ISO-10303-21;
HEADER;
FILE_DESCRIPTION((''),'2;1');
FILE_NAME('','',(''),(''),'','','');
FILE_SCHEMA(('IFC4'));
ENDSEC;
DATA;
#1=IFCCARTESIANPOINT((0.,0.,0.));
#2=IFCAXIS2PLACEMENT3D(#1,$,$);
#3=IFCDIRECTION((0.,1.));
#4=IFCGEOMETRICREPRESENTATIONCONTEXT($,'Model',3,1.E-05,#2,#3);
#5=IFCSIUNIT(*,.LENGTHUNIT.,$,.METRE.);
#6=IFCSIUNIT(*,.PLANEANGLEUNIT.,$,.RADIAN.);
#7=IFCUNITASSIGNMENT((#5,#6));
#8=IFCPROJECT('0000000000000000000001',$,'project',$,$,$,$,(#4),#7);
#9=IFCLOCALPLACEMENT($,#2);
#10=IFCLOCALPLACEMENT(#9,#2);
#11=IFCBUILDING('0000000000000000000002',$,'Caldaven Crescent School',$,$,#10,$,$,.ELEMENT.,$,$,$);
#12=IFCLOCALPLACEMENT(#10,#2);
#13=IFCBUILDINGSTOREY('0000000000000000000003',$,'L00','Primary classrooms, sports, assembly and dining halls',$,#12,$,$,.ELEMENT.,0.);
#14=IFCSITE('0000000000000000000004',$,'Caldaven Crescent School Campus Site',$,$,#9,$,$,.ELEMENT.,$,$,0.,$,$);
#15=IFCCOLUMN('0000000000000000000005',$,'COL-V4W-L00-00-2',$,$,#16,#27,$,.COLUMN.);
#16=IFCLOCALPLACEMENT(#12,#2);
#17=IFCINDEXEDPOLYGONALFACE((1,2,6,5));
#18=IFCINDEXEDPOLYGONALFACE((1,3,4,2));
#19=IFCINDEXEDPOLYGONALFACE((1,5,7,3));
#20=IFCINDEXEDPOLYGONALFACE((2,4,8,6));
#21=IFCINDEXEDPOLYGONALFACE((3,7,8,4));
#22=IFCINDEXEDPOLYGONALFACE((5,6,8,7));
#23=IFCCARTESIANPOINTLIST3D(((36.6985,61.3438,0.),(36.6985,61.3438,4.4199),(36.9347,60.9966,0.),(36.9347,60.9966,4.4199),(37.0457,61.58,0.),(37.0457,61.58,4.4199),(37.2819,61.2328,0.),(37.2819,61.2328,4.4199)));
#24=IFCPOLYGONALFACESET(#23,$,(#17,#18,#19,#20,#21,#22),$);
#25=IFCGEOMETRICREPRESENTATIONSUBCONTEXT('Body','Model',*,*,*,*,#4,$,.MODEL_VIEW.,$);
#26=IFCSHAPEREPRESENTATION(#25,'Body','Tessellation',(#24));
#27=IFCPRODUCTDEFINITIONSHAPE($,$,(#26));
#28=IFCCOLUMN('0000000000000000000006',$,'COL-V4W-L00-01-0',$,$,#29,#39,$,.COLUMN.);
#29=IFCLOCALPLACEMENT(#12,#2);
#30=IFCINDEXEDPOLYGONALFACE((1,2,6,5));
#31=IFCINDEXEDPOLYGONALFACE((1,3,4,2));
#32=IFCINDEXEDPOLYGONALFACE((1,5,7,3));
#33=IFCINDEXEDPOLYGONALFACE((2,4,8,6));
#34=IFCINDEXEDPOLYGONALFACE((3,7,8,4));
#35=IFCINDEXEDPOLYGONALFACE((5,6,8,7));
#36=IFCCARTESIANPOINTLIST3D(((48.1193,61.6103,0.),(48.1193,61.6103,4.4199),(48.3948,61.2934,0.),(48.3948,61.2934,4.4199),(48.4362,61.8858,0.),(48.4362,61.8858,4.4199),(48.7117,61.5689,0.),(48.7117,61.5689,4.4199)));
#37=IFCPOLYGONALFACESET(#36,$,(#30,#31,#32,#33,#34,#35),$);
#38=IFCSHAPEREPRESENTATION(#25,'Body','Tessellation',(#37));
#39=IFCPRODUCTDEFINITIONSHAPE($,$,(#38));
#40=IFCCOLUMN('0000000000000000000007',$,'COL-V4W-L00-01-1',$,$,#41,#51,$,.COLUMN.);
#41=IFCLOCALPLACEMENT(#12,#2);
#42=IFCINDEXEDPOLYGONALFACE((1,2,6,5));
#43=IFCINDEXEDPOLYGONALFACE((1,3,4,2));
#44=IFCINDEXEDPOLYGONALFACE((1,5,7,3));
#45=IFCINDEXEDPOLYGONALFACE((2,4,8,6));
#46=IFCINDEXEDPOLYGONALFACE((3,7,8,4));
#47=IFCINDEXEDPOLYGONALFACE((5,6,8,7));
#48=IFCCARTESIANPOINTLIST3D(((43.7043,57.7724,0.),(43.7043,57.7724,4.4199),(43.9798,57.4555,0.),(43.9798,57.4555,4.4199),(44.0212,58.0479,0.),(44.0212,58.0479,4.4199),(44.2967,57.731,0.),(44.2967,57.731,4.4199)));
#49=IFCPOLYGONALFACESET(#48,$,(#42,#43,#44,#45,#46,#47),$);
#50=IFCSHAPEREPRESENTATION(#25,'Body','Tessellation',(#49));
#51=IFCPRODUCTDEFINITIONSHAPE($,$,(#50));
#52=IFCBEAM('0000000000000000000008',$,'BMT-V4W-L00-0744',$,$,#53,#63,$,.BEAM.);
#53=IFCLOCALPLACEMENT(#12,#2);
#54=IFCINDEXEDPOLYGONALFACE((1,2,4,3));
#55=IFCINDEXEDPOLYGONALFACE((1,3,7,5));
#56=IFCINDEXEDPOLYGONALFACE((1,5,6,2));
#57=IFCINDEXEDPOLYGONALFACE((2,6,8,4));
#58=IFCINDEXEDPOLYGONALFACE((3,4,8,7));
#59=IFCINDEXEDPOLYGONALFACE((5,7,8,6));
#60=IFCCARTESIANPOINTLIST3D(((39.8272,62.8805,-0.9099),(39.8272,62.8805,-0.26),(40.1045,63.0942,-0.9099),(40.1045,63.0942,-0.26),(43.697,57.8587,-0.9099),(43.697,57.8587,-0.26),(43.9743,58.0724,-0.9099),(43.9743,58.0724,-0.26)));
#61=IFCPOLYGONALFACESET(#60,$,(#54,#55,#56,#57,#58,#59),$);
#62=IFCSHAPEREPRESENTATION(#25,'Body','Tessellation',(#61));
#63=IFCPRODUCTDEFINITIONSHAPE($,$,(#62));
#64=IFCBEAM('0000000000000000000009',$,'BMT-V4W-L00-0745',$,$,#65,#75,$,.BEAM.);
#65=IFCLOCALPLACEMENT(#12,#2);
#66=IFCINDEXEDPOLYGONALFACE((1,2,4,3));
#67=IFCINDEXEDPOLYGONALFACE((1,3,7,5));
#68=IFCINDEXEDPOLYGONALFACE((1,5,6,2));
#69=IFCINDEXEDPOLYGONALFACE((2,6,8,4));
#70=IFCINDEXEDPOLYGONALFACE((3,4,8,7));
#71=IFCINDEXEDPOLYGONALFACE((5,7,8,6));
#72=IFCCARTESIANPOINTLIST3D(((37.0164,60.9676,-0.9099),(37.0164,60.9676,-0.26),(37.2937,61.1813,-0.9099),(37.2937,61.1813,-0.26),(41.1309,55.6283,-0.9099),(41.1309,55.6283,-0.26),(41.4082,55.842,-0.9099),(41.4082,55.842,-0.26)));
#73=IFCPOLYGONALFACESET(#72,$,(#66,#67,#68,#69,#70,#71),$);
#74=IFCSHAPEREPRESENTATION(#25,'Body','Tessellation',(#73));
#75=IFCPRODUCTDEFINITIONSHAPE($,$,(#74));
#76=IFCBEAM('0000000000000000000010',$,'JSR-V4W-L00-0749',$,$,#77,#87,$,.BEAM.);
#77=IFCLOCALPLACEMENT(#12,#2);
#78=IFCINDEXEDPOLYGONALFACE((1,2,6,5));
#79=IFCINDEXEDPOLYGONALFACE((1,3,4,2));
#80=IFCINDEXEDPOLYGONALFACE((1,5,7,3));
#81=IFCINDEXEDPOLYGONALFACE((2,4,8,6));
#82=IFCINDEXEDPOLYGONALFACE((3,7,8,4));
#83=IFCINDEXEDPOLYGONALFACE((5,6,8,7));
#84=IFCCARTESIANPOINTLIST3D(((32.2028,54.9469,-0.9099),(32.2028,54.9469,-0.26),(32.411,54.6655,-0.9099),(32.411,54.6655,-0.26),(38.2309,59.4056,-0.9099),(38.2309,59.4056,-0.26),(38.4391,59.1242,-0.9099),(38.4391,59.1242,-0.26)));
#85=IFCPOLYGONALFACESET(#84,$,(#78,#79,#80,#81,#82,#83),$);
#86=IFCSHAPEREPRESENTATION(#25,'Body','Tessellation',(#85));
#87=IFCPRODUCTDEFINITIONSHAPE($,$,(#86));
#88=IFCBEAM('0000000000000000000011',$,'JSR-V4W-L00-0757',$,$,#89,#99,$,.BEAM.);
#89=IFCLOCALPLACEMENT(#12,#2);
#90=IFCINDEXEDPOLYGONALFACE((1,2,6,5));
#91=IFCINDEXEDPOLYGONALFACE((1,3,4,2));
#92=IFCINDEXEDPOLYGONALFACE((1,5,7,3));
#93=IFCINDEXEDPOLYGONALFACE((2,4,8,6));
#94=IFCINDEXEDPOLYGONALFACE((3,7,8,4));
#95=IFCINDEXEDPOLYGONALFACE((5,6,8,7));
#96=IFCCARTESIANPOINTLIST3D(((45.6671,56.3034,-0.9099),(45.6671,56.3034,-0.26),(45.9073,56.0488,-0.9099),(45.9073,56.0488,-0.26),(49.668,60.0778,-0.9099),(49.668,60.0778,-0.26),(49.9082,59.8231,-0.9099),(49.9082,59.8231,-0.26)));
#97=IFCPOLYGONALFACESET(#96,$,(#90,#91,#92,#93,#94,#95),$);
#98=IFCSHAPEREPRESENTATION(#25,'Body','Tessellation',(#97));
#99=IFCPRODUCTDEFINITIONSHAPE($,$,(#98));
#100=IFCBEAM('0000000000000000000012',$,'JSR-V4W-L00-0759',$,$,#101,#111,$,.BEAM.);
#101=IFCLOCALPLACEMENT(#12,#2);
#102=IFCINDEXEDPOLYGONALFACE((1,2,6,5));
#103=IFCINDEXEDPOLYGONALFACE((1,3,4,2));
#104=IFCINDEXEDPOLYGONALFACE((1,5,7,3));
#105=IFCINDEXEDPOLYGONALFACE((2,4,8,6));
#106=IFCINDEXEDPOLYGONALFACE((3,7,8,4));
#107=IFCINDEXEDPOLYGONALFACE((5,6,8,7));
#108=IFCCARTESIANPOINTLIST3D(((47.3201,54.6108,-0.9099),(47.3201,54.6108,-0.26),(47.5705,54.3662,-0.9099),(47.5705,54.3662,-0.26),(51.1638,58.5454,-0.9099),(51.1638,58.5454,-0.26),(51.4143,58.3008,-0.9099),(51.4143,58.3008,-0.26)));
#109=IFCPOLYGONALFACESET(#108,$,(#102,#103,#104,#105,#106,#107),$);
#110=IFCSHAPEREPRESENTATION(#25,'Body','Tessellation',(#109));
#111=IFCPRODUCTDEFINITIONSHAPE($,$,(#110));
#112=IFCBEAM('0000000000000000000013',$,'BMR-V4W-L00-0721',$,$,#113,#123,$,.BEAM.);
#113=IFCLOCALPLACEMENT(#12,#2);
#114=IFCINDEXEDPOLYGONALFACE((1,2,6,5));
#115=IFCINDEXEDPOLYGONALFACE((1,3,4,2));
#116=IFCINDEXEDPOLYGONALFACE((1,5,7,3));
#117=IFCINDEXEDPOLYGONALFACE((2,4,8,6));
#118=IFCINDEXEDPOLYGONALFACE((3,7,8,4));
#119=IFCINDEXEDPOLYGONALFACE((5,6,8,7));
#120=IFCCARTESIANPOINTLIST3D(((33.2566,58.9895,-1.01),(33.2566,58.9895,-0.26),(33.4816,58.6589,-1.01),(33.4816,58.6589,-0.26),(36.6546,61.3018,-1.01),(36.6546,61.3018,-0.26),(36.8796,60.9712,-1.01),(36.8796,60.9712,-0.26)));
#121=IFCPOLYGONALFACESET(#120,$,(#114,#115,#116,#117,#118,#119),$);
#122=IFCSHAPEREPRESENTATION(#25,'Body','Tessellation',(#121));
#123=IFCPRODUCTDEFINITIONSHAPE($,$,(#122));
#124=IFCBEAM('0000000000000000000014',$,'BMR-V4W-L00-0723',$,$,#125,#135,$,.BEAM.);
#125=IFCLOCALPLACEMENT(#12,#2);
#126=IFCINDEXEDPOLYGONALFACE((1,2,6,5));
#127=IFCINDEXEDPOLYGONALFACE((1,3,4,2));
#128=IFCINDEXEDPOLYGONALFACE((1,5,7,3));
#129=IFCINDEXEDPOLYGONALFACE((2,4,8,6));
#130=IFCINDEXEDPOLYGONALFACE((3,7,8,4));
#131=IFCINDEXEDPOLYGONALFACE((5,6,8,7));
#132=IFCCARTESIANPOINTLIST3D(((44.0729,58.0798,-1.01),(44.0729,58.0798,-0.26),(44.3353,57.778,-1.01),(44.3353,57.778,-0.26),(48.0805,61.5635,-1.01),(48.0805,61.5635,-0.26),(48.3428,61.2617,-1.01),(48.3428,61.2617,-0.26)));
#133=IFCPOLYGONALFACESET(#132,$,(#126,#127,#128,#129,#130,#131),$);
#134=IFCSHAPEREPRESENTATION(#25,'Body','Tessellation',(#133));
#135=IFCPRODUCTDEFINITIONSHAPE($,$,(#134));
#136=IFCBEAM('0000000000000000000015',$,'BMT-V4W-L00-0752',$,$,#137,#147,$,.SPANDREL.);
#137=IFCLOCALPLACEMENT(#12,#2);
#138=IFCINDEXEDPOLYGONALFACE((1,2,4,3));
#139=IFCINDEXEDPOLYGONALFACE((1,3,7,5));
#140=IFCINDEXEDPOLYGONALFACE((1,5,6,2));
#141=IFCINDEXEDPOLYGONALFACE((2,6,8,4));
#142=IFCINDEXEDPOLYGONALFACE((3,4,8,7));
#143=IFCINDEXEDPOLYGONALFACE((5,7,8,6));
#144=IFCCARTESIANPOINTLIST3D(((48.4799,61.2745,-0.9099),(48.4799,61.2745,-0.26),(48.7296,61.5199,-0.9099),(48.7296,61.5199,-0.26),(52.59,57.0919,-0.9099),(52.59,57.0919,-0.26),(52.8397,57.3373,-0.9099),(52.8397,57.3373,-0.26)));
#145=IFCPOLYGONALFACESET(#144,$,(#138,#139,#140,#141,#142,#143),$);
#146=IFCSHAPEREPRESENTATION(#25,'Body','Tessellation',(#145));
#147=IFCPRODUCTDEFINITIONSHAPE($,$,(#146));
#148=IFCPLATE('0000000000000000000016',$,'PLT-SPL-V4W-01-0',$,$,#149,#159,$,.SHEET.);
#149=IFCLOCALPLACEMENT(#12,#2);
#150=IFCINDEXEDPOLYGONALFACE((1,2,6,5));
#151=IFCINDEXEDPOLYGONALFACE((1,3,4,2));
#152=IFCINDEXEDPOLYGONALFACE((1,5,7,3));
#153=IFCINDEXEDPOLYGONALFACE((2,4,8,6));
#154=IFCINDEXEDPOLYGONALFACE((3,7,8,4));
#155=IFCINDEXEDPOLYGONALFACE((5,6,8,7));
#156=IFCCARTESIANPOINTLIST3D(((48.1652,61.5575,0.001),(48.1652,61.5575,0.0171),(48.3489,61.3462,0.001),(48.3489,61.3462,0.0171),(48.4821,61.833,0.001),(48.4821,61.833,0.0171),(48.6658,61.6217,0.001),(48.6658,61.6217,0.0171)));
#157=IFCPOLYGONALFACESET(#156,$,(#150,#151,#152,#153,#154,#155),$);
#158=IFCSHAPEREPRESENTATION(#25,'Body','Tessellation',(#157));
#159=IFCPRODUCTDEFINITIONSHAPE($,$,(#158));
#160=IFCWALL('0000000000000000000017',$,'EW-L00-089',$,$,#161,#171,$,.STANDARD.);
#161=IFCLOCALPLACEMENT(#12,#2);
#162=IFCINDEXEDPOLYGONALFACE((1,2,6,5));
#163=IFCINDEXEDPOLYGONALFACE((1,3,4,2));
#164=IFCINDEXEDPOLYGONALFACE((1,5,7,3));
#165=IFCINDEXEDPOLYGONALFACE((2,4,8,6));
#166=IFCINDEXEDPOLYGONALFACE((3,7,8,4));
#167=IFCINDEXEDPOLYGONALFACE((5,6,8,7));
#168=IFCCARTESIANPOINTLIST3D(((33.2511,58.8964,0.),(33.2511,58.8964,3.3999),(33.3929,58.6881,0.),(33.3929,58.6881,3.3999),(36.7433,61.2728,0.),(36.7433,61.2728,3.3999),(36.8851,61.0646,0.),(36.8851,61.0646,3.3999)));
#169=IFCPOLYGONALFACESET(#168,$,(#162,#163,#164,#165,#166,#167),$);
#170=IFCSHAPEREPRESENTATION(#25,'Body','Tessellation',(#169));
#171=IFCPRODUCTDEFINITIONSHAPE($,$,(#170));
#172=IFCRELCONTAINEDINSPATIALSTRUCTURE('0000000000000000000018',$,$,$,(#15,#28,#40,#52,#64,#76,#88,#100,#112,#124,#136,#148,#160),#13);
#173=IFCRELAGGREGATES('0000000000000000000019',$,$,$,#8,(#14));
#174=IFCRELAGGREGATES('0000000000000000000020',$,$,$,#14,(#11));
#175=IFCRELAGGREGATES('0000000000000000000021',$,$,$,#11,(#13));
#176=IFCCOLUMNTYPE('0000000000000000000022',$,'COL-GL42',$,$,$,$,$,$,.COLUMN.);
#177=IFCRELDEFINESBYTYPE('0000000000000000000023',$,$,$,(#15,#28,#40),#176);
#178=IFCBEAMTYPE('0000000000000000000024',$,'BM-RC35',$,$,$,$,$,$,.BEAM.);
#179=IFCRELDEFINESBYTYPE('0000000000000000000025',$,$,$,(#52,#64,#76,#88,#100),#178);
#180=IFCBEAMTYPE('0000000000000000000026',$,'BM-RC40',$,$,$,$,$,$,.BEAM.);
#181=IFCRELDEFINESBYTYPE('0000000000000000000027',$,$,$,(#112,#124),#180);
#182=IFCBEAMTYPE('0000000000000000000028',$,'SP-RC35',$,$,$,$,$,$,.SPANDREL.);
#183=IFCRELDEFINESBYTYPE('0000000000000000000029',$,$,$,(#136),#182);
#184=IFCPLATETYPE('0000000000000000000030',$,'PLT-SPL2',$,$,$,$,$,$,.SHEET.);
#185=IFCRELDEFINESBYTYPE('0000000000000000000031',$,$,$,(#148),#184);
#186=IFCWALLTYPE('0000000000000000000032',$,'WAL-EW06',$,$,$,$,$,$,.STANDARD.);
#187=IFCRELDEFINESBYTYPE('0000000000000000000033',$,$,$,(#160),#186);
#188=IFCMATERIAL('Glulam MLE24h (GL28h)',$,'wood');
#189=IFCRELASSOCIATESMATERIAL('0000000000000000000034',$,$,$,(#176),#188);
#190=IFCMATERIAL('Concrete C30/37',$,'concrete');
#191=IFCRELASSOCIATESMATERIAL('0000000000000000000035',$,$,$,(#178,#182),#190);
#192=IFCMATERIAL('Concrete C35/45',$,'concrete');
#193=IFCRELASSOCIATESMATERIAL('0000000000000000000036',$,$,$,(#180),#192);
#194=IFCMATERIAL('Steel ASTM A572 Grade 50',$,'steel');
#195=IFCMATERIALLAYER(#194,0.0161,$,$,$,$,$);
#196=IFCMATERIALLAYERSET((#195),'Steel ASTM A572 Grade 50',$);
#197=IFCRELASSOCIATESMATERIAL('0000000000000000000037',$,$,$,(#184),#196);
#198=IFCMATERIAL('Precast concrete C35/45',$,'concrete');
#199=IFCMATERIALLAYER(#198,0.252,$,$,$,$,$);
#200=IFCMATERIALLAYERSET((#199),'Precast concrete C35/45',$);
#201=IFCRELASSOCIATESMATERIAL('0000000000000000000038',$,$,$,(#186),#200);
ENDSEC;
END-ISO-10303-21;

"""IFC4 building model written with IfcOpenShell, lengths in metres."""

from ifc_helpers import new_model, si_unit, direction, frame, frame_2d, origin, origin_2d, place, context, subcontext, project, spatial, rectangle, extrude, material, layer, layer_set, material_profile, profile_set, type_object, element, save


model = new_model("IFC4")

# Units and contexts
model_context = context("Model", 3, precision=1e-05, world=origin(), true_north=direction((0.0, 1.0)))
body_context = subcontext(model_context, "Body", "Model", "MODEL_VIEW")
ifc_project = project(units=[si_unit("LENGTHUNIT", "METRE"), si_unit("PLANEANGLEUNIT", "RADIAN")], contexts=[model_context])

# Site, building, storey
site_placement = place(None, origin())
site = spatial("IfcSite", under=ifc_project, at=site_placement, Name="Caldaven Crescent School Campus Site", CompositionType="ELEMENT", RefElevation=0.0)
building_placement = place(site_placement, origin())
building = spatial("IfcBuilding", under=site, at=building_placement, Name="Caldaven Crescent School", CompositionType="ELEMENT")
storey_placement = place(building_placement, origin())
storey = spatial("IfcBuildingStorey", under=building, at=storey_placement, Name="L00", Description="Primary classrooms, sports, assembly and dining halls", CompositionType="ELEMENT", Elevation=0.0)

# Columns
ifc_material_1 = material(Name="Glulam MLE24h (GL28h)", Category="wood")
ifc_material_profile_1 = material_profile(ifc_material_1, rectangle(XDim=0.4199, YDim=0.4199, at=origin_2d()), Name="MLE 420x420")
ifc_profile_set_1 = profile_set([ifc_material_profile_1], Name="Glulam MLE24h (GL28h)")
column_type = type_object("IfcColumnType", Name="COL-GL42", PredefinedType="COLUMN", material=ifc_profile_set_1)
for number, where, z_axis, x_axis, name in (
    (1, (36.9902, 61.2883, 0.0), (0.0, 0.0, 1.0), (-0.826786, -0.562516, 0.0), "COL-V4W-L00-00-2"),
    (2, (48.4155, 61.5896, 0.0), (0.0, 0.0, 1.0), (-0.75471, -0.656059, 0.0), "COL-V4W-L00-01-0"),
    (3, (44.0005, 57.7517, 0.0), (0.0, 0.0, 1.0), (-0.75471, -0.656059, 0.0), "COL-V4W-L00-01-1"),
):
    element("IfcColumn", number, at=place(storey_placement, frame(where, z_axis=z_axis, x_axis=x_axis)), inside=storey, type_object=column_type, Name=name, PredefinedType="COLUMN", context=body_context, shape_type="SweptSolid", body=[
        extrude(rectangle(XDim=0.4199, YDim=0.4199, at=origin_2d()), origin(), (0.0, 0.0, 1.0), 4.4199),
    ])

# Beams
ifc_material_2 = material(Name="Concrete C30/37", Category="concrete")
ifc_material_profile_2 = material_profile(ifc_material_2, rectangle(XDim=0.3501, YDim=0.6499, at=origin_2d()), Name="RC 350x650")
ifc_profile_set_2 = profile_set([ifc_material_profile_2], Name="Concrete C30/37")
beam_type_1 = type_object("IfcBeamType", Name="BM-RC35", PredefinedType="BEAM", material=ifc_profile_set_2)
beam_1_placement = place(storey_placement, frame((39.9658, 62.9873, -0.585), z_axis=(0.610405, -0.79209, 0.0), x_axis=(0.79209, 0.610405, 0.0)))
element("IfcBeam", 4, at=beam_1_placement, inside=storey, type_object=beam_type_1, Name="BMT-V4W-L00-0744", PredefinedType="BEAM", context=body_context, shape_type="SweptSolid", body=[
    extrude(rectangle(XDim=0.3501, YDim=0.6499, at=origin_2d()), origin(), (0.0, 0.0, 1.0), 6.3398),
])
beam_2_placement = place(storey_placement, frame((37.155, 61.0745, -0.585), z_axis=(0.610391, -0.7921, 0.0), x_axis=(0.7921, 0.610391, 0.0)))
element("IfcBeam", 5, at=beam_2_placement, inside=storey, type_object=beam_type_1, Name="BMT-V4W-L00-0745", PredefinedType="BEAM", context=body_context, shape_type="SweptSolid", body=[
    extrude(rectangle(XDim=0.3501, YDim=0.6499, at=origin_2d()), origin(), (0.0, 0.0, 1.0), 6.7407),
])
beam_3_placement = place(storey_placement, frame((38.335, 59.2649, -0.585), z_axis=(-0.803972, -0.594668, 0.0), x_axis=(0.594668, -0.803972, 0.0)))
element("IfcBeam", 6, at=beam_3_placement, inside=storey, type_object=beam_type_1, Name="JSR-V4W-L00-0749", PredefinedType="BEAM", context=body_context, shape_type="SweptSolid", body=[
    extrude(rectangle(XDim=0.3501, YDim=0.6499, at=origin_2d()), origin(), (0.0, 0.0, 1.0), 7.4978),
])
beam_4_placement = place(storey_placement, frame((49.7881, 59.9504, -0.585), z_axis=(-0.727402, -0.686212, 0.0), x_axis=(0.686212, -0.727402, 0.0)))
element("IfcBeam", 7, at=beam_4_placement, inside=storey, type_object=beam_type_1, Name="JSR-V4W-L00-0757", PredefinedType="BEAM", context=body_context, shape_type="SweptSolid", body=[
    extrude(rectangle(XDim=0.3501, YDim=0.6499, at=origin_2d()), origin(), (0.0, 0.0, 1.0), 5.5002),
])
beam_5_placement = place(storey_placement, frame((51.2891, 58.4231, -0.585), z_axis=(-0.698803, -0.715314, 0.0), x_axis=(0.715314, -0.698803, 0.0)))
element("IfcBeam", 8, at=beam_5_placement, inside=storey, type_object=beam_type_1, Name="JSR-V4W-L00-0759", PredefinedType="BEAM", context=body_context, shape_type="SweptSolid", body=[
    extrude(rectangle(XDim=0.3501, YDim=0.6499, at=origin_2d()), origin(), (0.0, 0.0, 1.0), 5.5005),
])
ifc_material_3 = material(Name="Concrete C35/45", Category="concrete")
ifc_material_profile_3 = material_profile(ifc_material_3, rectangle(XDim=0.3999, YDim=0.75, at=origin_2d()), Name="RC 400x750")
ifc_profile_set_3 = profile_set([ifc_material_profile_3], Name="Concrete C35/45")
beam_type_2 = type_object("IfcBeamType", Name="BM-RC40", PredefinedType="BEAM", material=ifc_profile_set_3)
beam_6_placement = place(storey_placement, frame((36.7671, 61.1365, -0.635), z_axis=(-0.82674, -0.562585, 0.0), x_axis=(0.562585, -0.82674, 0.0)))
element("IfcBeam", 9, at=beam_6_placement, inside=storey, type_object=beam_type_2, Name="BMR-V4W-L00-0721", PredefinedType="BEAM", context=body_context, shape_type="SweptSolid", body=[
    extrude(rectangle(XDim=0.3999, YDim=0.75, at=origin_2d()), origin(), (0.0, 0.0, 1.0), 4.1101),
])
beam_7_placement = place(storey_placement, frame((48.2117, 61.4126, -0.635), z_axis=(-0.754717, -0.65605, 0.0), x_axis=(0.65605, -0.754717, 0.0)))
element("IfcBeam", 10, at=beam_7_placement, inside=storey, type_object=beam_type_2, Name="BMR-V4W-L00-0723", PredefinedType="BEAM", context=body_context, shape_type="SweptSolid", body=[
    extrude(rectangle(XDim=0.3999, YDim=0.75, at=origin_2d()), origin(), (0.0, 0.0, 1.0), 5.3101),
])
ifc_material_profile_4 = material_profile(ifc_material_2, rectangle(XDim=0.3501, YDim=0.6499, at=origin_2d()), Name="RC 350x650")
ifc_profile_set_4 = profile_set([ifc_material_profile_4], Name="Concrete C30/37")
beam_type_3 = type_object("IfcBeamType", Name="SP-RC35", PredefinedType="SPANDREL", material=ifc_profile_set_4)
beam_8_placement = place(storey_placement, frame((48.6047, 61.3972, -0.585), z_axis=(0.700897, -0.713262, 0.0), x_axis=(0.713262, 0.700897, 0.0)))
element("IfcBeam", 11, at=beam_8_placement, inside=storey, type_object=beam_type_3, Name="BMT-V4W-L00-0752", PredefinedType="SPANDREL", context=body_context, shape_type="SweptSolid", body=[
    extrude(rectangle(XDim=0.3501, YDim=0.6499, at=origin_2d()), origin(), (0.0, 0.0, 1.0), 5.864),
])

# Plate
ifc_material_4 = material(Name="Steel ASTM A572 Grade 50", Category="steel")
ifc_layer_1 = layer(ifc_material_4, 0.0161)
ifc_layer_set_1 = layer_set([ifc_layer_1], Name="Steel ASTM A572 Grade 50")
plate_type = type_object("IfcPlateType", Name="PLT-SPL2", PredefinedType="SHEET", material=ifc_layer_set_1)
plate_placement = place(storey_placement, frame((48.4155, 61.5896, 0.001), z_axis=(0.0, 0.0, 1.0), x_axis=(-0.75471, -0.656059, 0.0)))
element("IfcPlate", 12, at=plate_placement, inside=storey, type_object=plate_type, Name="PLT-SPL-V4W-01-0", PredefinedType="SHEET", context=body_context, shape_type="SweptSolid", body=[
    extrude(rectangle(XDim=0.4199, YDim=0.28, at=origin_2d()), origin(), (0.0, 0.0, 1.0), 0.0161),
])

# Wall
ifc_material_5 = material(Name="Precast concrete C35/45", Category="concrete")
ifc_layer_2 = layer(ifc_material_5, 0.252)
ifc_layer_set_2 = layer_set([ifc_layer_2], Name="Precast concrete C35/45")
wall_type_1 = type_object("IfcWallType", Name="WAL-EW06", PredefinedType="STANDARD", material=ifc_layer_set_2)
wall_1_placement = place(storey_placement, frame((36.8142, 61.1687, 0.0), z_axis=(0.0, 0.0, 1.0), x_axis=(-0.826731, -0.562598, 0.0)))
element("IfcWall", 13, at=wall_1_placement, inside=storey, type_object=wall_type_1, Name="EW-L00-089", PredefinedType="STANDARD", context=body_context, shape_type="SweptSolid", body=[
    extrude(rectangle(XDim=4.2241, YDim=0.252, at=frame_2d((2.1121, 0.0))), origin(), (0.0, 0.0, 1.0), 3.3999),
])

save(model, "model.ifc")
